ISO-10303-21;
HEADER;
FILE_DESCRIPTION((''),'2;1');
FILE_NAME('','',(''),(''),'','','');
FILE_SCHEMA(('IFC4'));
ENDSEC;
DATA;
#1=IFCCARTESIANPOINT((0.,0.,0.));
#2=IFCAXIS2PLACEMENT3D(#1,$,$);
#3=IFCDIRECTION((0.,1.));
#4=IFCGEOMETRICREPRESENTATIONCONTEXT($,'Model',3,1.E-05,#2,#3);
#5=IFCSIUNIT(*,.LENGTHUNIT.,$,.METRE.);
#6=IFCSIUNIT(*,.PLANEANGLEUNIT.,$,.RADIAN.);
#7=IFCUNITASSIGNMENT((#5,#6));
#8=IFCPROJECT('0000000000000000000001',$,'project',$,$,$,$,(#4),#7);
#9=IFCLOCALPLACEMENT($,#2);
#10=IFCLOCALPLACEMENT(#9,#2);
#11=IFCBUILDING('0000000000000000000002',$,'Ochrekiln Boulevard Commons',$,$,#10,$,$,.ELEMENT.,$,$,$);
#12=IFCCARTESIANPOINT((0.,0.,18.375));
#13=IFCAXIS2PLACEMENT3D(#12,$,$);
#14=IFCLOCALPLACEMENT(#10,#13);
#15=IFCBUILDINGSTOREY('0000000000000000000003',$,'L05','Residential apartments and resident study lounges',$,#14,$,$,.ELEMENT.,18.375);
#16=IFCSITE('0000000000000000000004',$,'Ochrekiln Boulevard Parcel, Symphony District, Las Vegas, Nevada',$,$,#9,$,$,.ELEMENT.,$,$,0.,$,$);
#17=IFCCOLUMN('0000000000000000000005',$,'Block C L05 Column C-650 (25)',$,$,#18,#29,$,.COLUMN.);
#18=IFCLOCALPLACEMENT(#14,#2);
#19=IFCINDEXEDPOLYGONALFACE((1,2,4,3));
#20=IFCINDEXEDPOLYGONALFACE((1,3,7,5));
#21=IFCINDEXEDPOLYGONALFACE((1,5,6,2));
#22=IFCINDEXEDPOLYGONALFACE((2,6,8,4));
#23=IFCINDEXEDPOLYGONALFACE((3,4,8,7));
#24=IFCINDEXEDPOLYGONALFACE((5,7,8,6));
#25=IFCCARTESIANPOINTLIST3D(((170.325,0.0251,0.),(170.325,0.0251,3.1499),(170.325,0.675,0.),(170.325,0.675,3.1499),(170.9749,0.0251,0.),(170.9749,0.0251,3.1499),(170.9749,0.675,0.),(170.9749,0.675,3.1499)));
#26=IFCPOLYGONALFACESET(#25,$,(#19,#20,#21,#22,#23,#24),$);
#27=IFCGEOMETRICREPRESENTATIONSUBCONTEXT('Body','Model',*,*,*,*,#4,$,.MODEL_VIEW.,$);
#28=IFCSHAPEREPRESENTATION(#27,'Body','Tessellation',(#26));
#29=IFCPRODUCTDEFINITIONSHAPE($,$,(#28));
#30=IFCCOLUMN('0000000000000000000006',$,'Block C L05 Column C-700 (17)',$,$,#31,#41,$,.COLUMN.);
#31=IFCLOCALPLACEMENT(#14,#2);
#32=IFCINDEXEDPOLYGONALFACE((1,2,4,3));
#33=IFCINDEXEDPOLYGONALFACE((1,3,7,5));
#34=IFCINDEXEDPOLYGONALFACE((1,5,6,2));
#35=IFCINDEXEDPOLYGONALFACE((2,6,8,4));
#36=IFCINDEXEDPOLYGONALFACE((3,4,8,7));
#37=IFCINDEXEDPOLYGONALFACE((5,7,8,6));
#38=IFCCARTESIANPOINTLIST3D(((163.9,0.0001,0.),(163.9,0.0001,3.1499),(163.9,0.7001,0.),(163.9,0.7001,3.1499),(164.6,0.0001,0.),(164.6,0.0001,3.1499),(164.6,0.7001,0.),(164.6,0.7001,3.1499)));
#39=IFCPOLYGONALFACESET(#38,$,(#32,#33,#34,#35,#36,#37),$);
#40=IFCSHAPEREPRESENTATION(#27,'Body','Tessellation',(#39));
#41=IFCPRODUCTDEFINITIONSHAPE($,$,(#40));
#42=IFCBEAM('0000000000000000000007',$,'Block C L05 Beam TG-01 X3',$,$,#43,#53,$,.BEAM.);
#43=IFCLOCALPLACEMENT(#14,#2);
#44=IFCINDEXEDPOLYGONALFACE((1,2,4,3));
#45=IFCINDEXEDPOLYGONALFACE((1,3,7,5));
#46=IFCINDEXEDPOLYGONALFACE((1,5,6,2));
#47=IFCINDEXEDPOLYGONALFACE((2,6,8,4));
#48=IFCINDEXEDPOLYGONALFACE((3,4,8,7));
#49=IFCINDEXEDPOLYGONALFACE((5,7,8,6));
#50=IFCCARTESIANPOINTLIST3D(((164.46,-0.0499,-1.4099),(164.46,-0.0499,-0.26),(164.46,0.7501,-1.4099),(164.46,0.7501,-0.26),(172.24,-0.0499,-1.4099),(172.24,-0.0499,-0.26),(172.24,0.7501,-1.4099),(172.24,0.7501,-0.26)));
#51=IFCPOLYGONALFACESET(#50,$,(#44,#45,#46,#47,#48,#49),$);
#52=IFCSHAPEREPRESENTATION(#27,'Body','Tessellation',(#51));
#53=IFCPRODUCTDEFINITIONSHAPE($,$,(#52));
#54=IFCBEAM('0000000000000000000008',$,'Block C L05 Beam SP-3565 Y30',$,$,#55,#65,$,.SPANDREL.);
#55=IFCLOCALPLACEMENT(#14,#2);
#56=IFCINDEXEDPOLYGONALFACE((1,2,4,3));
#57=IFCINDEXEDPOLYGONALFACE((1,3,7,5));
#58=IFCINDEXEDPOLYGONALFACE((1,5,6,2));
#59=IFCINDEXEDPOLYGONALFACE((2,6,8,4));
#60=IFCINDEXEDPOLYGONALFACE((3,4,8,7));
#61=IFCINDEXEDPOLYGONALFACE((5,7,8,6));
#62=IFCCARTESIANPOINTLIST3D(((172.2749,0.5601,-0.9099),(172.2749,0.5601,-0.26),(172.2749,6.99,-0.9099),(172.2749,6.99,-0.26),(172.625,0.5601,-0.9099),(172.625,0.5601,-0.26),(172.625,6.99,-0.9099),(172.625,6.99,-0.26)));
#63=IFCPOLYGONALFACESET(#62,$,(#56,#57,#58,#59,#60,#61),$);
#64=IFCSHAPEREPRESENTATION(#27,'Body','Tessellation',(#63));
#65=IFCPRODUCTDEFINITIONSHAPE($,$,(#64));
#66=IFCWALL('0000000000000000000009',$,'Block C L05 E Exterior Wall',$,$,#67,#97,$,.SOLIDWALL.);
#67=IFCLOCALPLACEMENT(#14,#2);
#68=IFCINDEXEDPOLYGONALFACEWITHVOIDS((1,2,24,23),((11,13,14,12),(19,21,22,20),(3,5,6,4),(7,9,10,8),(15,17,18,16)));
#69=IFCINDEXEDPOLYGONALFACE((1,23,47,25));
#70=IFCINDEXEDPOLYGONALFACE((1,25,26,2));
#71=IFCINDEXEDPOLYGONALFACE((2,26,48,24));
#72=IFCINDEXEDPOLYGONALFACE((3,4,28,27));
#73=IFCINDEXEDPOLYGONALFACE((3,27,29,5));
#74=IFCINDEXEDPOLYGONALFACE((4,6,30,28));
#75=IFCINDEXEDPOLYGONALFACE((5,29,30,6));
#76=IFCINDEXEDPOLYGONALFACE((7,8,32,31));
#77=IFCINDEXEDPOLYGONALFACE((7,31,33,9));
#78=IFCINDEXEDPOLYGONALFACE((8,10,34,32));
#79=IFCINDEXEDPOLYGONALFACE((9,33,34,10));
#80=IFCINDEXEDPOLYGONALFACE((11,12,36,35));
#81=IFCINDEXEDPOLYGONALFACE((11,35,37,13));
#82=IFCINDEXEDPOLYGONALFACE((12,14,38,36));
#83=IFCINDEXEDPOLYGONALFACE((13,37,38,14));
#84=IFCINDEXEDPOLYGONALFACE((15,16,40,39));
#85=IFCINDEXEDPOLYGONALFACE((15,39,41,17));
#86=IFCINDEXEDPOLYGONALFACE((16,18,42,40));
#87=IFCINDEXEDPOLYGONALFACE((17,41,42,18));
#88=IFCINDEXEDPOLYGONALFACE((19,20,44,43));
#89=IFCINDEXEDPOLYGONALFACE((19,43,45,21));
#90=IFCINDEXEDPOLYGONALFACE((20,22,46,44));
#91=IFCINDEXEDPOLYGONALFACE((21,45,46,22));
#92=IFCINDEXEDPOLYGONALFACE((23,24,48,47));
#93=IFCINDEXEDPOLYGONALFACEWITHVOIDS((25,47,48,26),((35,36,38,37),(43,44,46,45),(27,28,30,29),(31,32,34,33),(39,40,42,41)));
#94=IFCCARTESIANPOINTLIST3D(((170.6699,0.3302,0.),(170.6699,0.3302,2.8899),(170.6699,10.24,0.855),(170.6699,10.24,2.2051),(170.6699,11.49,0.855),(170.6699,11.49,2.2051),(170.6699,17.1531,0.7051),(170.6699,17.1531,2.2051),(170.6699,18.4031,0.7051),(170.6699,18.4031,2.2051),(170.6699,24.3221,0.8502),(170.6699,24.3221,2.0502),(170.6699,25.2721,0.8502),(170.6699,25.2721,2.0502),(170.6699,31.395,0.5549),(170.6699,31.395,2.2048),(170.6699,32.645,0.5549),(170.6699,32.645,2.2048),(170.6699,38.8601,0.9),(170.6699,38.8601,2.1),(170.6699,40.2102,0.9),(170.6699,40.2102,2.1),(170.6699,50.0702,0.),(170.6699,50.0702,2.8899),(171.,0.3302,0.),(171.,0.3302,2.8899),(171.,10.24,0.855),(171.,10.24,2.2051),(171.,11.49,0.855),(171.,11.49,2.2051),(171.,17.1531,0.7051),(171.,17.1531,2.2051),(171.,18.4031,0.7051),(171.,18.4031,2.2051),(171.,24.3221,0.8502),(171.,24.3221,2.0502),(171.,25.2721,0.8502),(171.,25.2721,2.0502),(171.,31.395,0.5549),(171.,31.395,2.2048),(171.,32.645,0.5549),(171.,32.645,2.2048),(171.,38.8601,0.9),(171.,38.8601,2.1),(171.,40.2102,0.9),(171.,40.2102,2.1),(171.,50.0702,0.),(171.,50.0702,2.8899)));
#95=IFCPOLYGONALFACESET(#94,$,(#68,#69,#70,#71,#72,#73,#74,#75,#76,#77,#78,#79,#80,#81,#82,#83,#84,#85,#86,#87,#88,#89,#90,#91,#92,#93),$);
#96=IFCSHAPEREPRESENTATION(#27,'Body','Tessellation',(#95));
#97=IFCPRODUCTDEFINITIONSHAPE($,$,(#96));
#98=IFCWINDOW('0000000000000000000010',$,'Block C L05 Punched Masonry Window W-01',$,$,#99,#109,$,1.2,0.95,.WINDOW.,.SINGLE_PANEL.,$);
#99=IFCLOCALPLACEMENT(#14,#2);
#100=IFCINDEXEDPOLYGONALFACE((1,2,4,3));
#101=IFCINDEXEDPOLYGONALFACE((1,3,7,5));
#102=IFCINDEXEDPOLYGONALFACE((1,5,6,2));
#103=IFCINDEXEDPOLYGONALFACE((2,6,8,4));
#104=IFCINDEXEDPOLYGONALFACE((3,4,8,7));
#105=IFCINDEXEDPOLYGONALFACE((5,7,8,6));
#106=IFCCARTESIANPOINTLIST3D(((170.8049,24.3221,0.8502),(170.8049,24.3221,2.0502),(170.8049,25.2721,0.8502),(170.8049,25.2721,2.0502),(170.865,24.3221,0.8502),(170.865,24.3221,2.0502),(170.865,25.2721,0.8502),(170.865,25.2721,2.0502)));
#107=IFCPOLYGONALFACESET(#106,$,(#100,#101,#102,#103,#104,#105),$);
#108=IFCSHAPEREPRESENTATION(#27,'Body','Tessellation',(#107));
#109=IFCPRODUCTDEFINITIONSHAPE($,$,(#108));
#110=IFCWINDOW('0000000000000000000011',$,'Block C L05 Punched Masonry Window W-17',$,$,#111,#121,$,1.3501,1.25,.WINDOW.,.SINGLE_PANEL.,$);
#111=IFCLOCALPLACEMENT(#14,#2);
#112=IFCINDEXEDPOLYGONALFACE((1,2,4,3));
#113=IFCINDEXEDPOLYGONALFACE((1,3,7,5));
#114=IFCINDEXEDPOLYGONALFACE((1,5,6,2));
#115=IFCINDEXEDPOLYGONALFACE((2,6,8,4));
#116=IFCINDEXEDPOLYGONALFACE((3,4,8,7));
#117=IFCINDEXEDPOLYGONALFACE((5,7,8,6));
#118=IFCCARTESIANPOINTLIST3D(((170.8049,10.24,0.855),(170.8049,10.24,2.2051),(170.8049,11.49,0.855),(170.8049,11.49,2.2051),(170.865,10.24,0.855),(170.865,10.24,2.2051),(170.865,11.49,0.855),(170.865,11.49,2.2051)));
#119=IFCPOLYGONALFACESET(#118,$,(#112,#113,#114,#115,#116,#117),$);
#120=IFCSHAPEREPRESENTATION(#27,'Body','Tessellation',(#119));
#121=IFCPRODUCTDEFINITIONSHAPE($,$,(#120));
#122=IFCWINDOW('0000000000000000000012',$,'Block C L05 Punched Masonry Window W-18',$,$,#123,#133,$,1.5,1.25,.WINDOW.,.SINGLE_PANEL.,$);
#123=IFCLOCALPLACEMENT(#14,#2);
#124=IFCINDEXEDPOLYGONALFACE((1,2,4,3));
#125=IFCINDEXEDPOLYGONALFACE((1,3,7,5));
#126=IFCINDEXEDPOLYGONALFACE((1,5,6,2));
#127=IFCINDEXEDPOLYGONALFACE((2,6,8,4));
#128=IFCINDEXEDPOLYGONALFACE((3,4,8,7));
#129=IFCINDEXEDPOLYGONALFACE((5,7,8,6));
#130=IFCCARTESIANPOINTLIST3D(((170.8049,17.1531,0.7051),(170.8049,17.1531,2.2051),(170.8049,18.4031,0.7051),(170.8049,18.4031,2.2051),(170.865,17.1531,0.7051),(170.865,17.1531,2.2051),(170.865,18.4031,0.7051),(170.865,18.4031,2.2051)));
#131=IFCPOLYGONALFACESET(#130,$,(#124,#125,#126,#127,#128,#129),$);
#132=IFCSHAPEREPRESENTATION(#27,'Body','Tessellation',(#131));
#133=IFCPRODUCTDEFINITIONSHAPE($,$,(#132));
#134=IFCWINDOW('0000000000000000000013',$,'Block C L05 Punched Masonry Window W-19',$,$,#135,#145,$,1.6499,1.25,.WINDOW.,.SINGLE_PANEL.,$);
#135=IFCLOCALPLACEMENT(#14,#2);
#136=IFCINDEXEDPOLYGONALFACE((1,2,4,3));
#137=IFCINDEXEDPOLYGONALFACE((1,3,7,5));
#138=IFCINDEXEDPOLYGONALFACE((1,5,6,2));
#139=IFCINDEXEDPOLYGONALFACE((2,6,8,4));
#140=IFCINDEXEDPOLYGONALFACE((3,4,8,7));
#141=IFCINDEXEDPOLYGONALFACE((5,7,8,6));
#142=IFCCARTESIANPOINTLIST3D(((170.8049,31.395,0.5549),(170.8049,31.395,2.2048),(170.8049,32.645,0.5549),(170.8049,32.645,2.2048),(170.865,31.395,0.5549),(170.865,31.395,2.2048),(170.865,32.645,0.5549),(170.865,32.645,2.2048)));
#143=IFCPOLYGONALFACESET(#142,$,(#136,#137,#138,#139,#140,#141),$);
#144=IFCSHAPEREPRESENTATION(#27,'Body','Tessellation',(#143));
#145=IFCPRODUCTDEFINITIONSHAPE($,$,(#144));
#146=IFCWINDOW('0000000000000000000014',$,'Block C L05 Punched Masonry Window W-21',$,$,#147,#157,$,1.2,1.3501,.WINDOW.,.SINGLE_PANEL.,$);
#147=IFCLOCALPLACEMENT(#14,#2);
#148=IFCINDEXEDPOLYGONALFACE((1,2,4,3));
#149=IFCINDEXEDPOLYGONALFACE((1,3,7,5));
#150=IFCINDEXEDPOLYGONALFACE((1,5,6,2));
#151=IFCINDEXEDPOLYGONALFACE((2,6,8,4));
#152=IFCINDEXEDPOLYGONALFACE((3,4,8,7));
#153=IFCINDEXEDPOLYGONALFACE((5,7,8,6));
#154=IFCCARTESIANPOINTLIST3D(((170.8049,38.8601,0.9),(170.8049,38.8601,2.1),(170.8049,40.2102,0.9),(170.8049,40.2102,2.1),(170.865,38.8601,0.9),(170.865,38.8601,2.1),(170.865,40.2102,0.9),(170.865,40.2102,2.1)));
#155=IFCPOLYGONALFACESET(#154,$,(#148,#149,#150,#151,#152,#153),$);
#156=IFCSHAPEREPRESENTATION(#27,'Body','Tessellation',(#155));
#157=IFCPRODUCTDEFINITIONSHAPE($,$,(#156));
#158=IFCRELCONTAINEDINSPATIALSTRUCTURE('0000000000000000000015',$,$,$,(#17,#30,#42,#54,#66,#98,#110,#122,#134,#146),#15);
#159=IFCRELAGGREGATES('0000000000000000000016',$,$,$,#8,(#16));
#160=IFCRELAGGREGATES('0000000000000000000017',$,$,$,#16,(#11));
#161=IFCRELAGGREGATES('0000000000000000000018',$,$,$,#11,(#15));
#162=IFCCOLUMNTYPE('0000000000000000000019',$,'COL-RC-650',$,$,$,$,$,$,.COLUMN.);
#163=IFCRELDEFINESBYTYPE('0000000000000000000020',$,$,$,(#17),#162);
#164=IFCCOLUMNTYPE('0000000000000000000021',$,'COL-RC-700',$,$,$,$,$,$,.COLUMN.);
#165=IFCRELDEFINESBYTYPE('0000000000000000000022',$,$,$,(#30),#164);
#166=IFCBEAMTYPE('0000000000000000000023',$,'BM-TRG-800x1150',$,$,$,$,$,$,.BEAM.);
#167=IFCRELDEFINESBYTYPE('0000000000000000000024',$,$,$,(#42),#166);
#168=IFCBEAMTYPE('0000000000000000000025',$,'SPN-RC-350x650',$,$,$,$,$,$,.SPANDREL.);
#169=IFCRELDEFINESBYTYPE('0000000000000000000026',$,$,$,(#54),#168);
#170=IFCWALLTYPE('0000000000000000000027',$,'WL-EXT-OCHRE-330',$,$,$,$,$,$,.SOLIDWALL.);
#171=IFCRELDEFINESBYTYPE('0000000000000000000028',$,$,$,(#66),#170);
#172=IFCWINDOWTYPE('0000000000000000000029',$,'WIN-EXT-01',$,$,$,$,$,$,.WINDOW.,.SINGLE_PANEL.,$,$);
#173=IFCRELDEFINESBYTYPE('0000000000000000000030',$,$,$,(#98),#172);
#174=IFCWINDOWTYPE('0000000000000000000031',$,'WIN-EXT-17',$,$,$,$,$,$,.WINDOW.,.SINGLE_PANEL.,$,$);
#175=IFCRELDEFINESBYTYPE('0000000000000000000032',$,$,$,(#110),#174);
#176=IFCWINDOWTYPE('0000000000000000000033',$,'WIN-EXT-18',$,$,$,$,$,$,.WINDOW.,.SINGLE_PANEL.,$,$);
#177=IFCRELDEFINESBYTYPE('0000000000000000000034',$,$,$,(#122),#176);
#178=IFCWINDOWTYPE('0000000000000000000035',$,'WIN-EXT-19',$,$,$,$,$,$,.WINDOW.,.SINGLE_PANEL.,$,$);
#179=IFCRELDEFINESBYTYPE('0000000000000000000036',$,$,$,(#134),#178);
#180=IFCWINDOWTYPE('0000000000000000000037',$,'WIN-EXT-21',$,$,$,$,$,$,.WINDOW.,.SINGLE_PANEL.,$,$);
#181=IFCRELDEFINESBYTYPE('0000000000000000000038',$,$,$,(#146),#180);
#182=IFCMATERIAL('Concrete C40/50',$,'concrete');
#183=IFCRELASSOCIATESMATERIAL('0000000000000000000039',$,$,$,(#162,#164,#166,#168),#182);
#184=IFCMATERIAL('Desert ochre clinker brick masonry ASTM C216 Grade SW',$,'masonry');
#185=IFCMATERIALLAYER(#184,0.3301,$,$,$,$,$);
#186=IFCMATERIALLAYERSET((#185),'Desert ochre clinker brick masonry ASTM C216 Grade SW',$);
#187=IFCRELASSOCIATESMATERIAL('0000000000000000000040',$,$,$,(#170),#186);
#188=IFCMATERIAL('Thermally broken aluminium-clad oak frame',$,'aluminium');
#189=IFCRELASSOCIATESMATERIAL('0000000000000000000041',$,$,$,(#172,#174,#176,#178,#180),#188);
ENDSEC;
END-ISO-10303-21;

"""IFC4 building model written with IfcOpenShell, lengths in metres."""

from ifc_helpers import new_model, si_unit, direction, frame, frame_2d, origin, origin_2d, place, context, subcontext, project, spatial, rectangle, extrude, material, layer, layer_set, material_profile, profile_set, type_object, element, fill, save


model = new_model("IFC4")

# Units and contexts
model_context = context("Model", 3, precision=1e-05, world=origin(), true_north=direction((0.0, 1.0)))
body_context = subcontext(model_context, "Body", "Model", "MODEL_VIEW")
ifc_project = project(units=[si_unit("LENGTHUNIT", "METRE"), si_unit("PLANEANGLEUNIT", "RADIAN")], contexts=[model_context])

# Site, building, storey
site_placement = place(None, origin())
site = spatial("IfcSite", under=ifc_project, at=site_placement, Name="Ochrekiln Boulevard Parcel, Symphony District, Las Vegas, Nevada", CompositionType="ELEMENT", RefElevation=0.0)
building_placement = place(site_placement, origin())
building = spatial("IfcBuilding", under=site, at=building_placement, Name="Ochrekiln Boulevard Commons", CompositionType="ELEMENT")
storey_placement = place(building_placement, frame((0.0, 0.0, 18.375)))
storey = spatial("IfcBuildingStorey", under=building, at=storey_placement, Name="L05", Description="Residential apartments and resident study lounges", CompositionType="ELEMENT", Elevation=18.375)

# Columns
ifc_material_1 = material(Name="Concrete C40/50", Category="concrete")
ifc_material_profile_1 = material_profile(ifc_material_1, rectangle(XDim=0.6499, YDim=0.6499, at=origin_2d()), Name="RC-COL-650x650")
ifc_profile_set_1 = profile_set([ifc_material_profile_1], Name="Concrete C40/50")
column_type_1 = type_object("IfcColumnType", Name="COL-RC-650", PredefinedType="COLUMN", material=ifc_profile_set_1)
column_1_placement = place(storey_placement, frame((170.6499, 0.3501, 0.0), z_axis=(0.0, 0.0, 1.0), x_axis=(1.0, 0.0, 0.0)))
element("IfcColumn", 1, at=column_1_placement, inside=storey, type_object=column_type_1, Name="Block C L05 Column C-650 (25)", PredefinedType="COLUMN", context=body_context, shape_type="SweptSolid", body=[
    extrude(rectangle(XDim=0.6499, YDim=0.6499, at=origin_2d()), origin(), (0.0, 0.0, 1.0), 3.1499),
])
ifc_material_profile_2 = material_profile(ifc_material_1, rectangle(XDim=0.7, YDim=0.7, at=origin_2d()), Name="RC-COL-700x700")
ifc_profile_set_2 = profile_set([ifc_material_profile_2], Name="Concrete C40/50")
column_type_2 = type_object("IfcColumnType", Name="COL-RC-700", PredefinedType="COLUMN", material=ifc_profile_set_2)
column_2_placement = place(storey_placement, frame((164.25, 0.3501, 0.0), z_axis=(0.0, 0.0, 1.0), x_axis=(1.0, 0.0, 0.0)))
element("IfcColumn", 2, at=column_2_placement, inside=storey, type_object=column_type_2, Name="Block C L05 Column C-700 (17)", PredefinedType="COLUMN", context=body_context, shape_type="SweptSolid", body=[
    extrude(rectangle(XDim=0.7, YDim=0.7, at=origin_2d()), origin(), (0.0, 0.0, 1.0), 3.1499),
])

# Beams
ifc_material_profile_3 = material_profile(ifc_material_1, rectangle(XDim=0.8, YDim=1.1499, at=origin_2d()), Name="RC-TRG-800x1150")
ifc_profile_set_3 = profile_set([ifc_material_profile_3], Name="Concrete C40/50")
beam_type_1 = type_object("IfcBeamType", Name="BM-TRG-800x1150", PredefinedType="BEAM", material=ifc_profile_set_3)
beam_1_placement = place(storey_placement, frame((164.46, 0.3501, -0.835), z_axis=(1.0, 0.0, 0.0), x_axis=(0.0, 1.0, 0.0)))
element("IfcBeam", 3, at=beam_1_placement, inside=storey, type_object=beam_type_1, Name="Block C L05 Beam TG-01 X3", PredefinedType="BEAM", context=body_context, shape_type="SweptSolid", body=[
    extrude(rectangle(XDim=0.8, YDim=1.1499, at=origin_2d()), origin(), (0.0, 0.0, 1.0), 7.78),
])
ifc_material_profile_4 = material_profile(ifc_material_1, rectangle(XDim=0.3501, YDim=0.6499, at=origin_2d()), Name="RC-SPN-350x650")
ifc_profile_set_4 = profile_set([ifc_material_profile_4], Name="Concrete C40/50")
beam_type_2 = type_object("IfcBeamType", Name="SPN-RC-350x650", PredefinedType="SPANDREL", material=ifc_profile_set_4)
beam_2_placement = place(storey_placement, frame((172.45, 0.5601, -0.585), z_axis=(0.0, 1.0, 0.0), x_axis=(-1.0, 0.0, 0.0)))
element("IfcBeam", 4, at=beam_2_placement, inside=storey, type_object=beam_type_2, Name="Block C L05 Beam SP-3565 Y30", PredefinedType="SPANDREL", context=body_context, shape_type="SweptSolid", body=[
    extrude(rectangle(XDim=0.3501, YDim=0.6499, at=origin_2d()), origin(), (0.0, 0.0, 1.0), 6.4299),
])

# Wall, openings, windows
ifc_material_2 = material(Name="Desert ochre clinker brick masonry ASTM C216 Grade SW", Category="masonry")
ifc_layer_1 = layer(ifc_material_2, 0.3301)
ifc_layer_set_1 = layer_set([ifc_layer_1], Name="Desert ochre clinker brick masonry ASTM C216 Grade SW")
wall_type_1 = type_object("IfcWallType", Name="WL-EXT-OCHRE-330", PredefinedType="SOLIDWALL", material=ifc_layer_set_1)
wall_1_placement = place(storey_placement, frame((170.835, 0.3301, 0.0), z_axis=(0.0, 0.0, 1.0), x_axis=(0.0, 1.0, 0.0)))
wall_1 = element("IfcWall", 5, at=wall_1_placement, inside=storey, type_object=wall_type_1, Name="Block C L05 E Exterior Wall", PredefinedType="SOLIDWALL", context=body_context, shape_type="SweptSolid", body=[
    extrude(rectangle(XDim=49.74, YDim=0.3301, at=frame_2d((24.8701, 0.0))), origin(), (0.0, 0.0, 1.0), 2.8899),
])
opening_1_placement = place(wall_1_placement, frame((9.9099, 0.0, 0.855)))
opening_1 = element("IfcOpeningElement", 6, at=opening_1_placement, cuts=wall_1, PredefinedType="OPENING", context=body_context, shape_type="SweptSolid", body=[
    extrude(rectangle(XDim=1.25, YDim=1.3501, at=frame_2d((0.625, 0.675))), frame((0.0, 0.175, 0.0), z_axis=(0.0, -1.0, 0.0), x_axis=(1.0, 0.0, 0.0)), (0.0, 0.0, 1.0), 0.3501),
])
opening_2_placement = place(wall_1_placement, frame((16.823, 0.0, 0.7051)))
opening_2 = element("IfcOpeningElement", 7, at=opening_2_placement, cuts=wall_1, PredefinedType="OPENING", context=body_context, shape_type="SweptSolid", body=[
    extrude(rectangle(XDim=1.25, YDim=1.5, at=frame_2d((0.625, 0.75))), frame((0.0, 0.175, 0.0), z_axis=(0.0, -1.0, 0.0), x_axis=(1.0, 0.0, 0.0)), (0.0, 0.0, 1.0), 0.3501),
])
opening_3_placement = place(wall_1_placement, frame((31.0649, 0.0, 0.5549)))
opening_3 = element("IfcOpeningElement", 8, at=opening_3_placement, cuts=wall_1, PredefinedType="OPENING", context=body_context, shape_type="SweptSolid", body=[
    extrude(rectangle(XDim=1.25, YDim=1.6499, at=frame_2d((0.625, 0.825))), frame((0.0, 0.175, 0.0), z_axis=(0.0, -1.0, 0.0), x_axis=(1.0, 0.0, 0.0)), (0.0, 0.0, 1.0), 0.3501),
])
opening_4_placement = place(wall_1_placement, frame((23.9919, 0.0, 0.8501)))
opening_4 = element("IfcOpeningElement", 9, at=opening_4_placement, cuts=wall_1, PredefinedType="OPENING", context=body_context, shape_type="SweptSolid", body=[
    extrude(rectangle(XDim=0.95, YDim=1.2, at=frame_2d((0.4751, 0.6001))), frame((0.0, 0.175, 0.0), z_axis=(0.0, -1.0, 0.0), x_axis=(1.0, 0.0, 0.0)), (0.0, 0.0, 1.0), 0.3501),
])
opening_5_placement = place(wall_1_placement, frame((38.53, 0.0, 0.8999)))
opening_5 = element("IfcOpeningElement", 10, at=opening_5_placement, cuts=wall_1, PredefinedType="OPENING", context=body_context, shape_type="SweptSolid", body=[
    extrude(rectangle(XDim=1.3501, YDim=1.2, at=frame_2d((0.675, 0.6001))), frame((0.0, 0.175, 0.0), z_axis=(0.0, -1.0, 0.0), x_axis=(1.0, 0.0, 0.0)), (0.0, 0.0, 1.0), 0.3501),
])
ifc_material_3 = material(Name="Thermally broken aluminium-clad oak frame", Category="aluminium")
window_type_1 = type_object("IfcWindowType", Name="WIN-EXT-01", PartitioningType="SINGLE_PANEL", PredefinedType="WINDOW", material=ifc_material_3)
window_1_placement = place(opening_4_placement, origin())
window_1 = element("IfcWindow", 11, at=window_1_placement, inside=storey, type_object=window_type_1, Name="Block C L05 Punched Masonry Window W-01", OverallHeight=1.2, OverallWidth=0.95, PartitioningType="SINGLE_PANEL", PredefinedType="WINDOW", context=body_context, shape_type="SweptSolid", body=[
    extrude(rectangle(XDim=0.95, YDim=1.2, at=frame_2d((0.4751, 0.6001))), frame((0.0, 0.03, 0.0), z_axis=(0.0, -1.0, 0.0), x_axis=(1.0, 0.0, 0.0)), (0.0, 0.0, 1.0), 0.0601),
])
fill(opening_4, window_1)
window_type_2 = type_object("IfcWindowType", Name="WIN-EXT-17", PartitioningType="SINGLE_PANEL", PredefinedType="WINDOW", material=ifc_material_3)
window_2_placement = place(opening_1_placement, origin())
window_2 = element("IfcWindow", 12, at=window_2_placement, inside=storey, type_object=window_type_2, Name="Block C L05 Punched Masonry Window W-17", OverallHeight=1.3501, OverallWidth=1.25, PartitioningType="SINGLE_PANEL", PredefinedType="WINDOW", context=body_context, shape_type="SweptSolid", body=[
    extrude(rectangle(XDim=1.25, YDim=1.3501, at=frame_2d((0.625, 0.675))), frame((0.0, 0.03, 0.0), z_axis=(0.0, -1.0, 0.0), x_axis=(1.0, 0.0, 0.0)), (0.0, 0.0, 1.0), 0.0601),
])
fill(opening_1, window_2)
window_type_3 = type_object("IfcWindowType", Name="WIN-EXT-18", PartitioningType="SINGLE_PANEL", PredefinedType="WINDOW", material=ifc_material_3)
window_3_placement = place(opening_2_placement, origin())
window_3 = element("IfcWindow", 13, at=window_3_placement, inside=storey, type_object=window_type_3, Name="Block C L05 Punched Masonry Window W-18", OverallHeight=1.5, OverallWidth=1.25, PartitioningType="SINGLE_PANEL", PredefinedType="WINDOW", context=body_context, shape_type="SweptSolid", body=[
    extrude(rectangle(XDim=1.25, YDim=1.5, at=frame_2d((0.625, 0.75))), frame((0.0, 0.03, 0.0), z_axis=(0.0, -1.0, 0.0), x_axis=(1.0, 0.0, 0.0)), (0.0, 0.0, 1.0), 0.0601),
])
fill(opening_2, window_3)
window_type_4 = type_object("IfcWindowType", Name="WIN-EXT-19", PartitioningType="SINGLE_PANEL", PredefinedType="WINDOW", material=ifc_material_3)
window_4_placement = place(opening_3_placement, origin())
window_4 = element("IfcWindow", 14, at=window_4_placement, inside=storey, type_object=window_type_4, Name="Block C L05 Punched Masonry Window W-19", OverallHeight=1.6499, OverallWidth=1.25, PartitioningType="SINGLE_PANEL", PredefinedType="WINDOW", context=body_context, shape_type="SweptSolid", body=[
    extrude(rectangle(XDim=1.25, YDim=1.6499, at=frame_2d((0.625, 0.825))), frame((0.0, 0.03, 0.0), z_axis=(0.0, -1.0, 0.0), x_axis=(1.0, 0.0, 0.0)), (0.0, 0.0, 1.0), 0.0601),
])
fill(opening_3, window_4)
window_type_5 = type_object("IfcWindowType", Name="WIN-EXT-21", PartitioningType="SINGLE_PANEL", PredefinedType="WINDOW", material=ifc_material_3)
window_5_placement = place(opening_5_placement, origin())
window_5 = element("IfcWindow", 15, at=window_5_placement, inside=storey, type_object=window_type_5, Name="Block C L05 Punched Masonry Window W-21", OverallHeight=1.2, OverallWidth=1.3501, PartitioningType="SINGLE_PANEL", PredefinedType="WINDOW", context=body_context, shape_type="SweptSolid", body=[
    extrude(rectangle(XDim=1.3501, YDim=1.2, at=frame_2d((0.675, 0.6001))), frame((0.0, 0.03, 0.0), z_axis=(0.0, -1.0, 0.0), x_axis=(1.0, 0.0, 0.0)), (0.0, 0.0, 1.0), 0.0601),
])
fill(opening_5, window_5)

save(model, "model.ifc")
